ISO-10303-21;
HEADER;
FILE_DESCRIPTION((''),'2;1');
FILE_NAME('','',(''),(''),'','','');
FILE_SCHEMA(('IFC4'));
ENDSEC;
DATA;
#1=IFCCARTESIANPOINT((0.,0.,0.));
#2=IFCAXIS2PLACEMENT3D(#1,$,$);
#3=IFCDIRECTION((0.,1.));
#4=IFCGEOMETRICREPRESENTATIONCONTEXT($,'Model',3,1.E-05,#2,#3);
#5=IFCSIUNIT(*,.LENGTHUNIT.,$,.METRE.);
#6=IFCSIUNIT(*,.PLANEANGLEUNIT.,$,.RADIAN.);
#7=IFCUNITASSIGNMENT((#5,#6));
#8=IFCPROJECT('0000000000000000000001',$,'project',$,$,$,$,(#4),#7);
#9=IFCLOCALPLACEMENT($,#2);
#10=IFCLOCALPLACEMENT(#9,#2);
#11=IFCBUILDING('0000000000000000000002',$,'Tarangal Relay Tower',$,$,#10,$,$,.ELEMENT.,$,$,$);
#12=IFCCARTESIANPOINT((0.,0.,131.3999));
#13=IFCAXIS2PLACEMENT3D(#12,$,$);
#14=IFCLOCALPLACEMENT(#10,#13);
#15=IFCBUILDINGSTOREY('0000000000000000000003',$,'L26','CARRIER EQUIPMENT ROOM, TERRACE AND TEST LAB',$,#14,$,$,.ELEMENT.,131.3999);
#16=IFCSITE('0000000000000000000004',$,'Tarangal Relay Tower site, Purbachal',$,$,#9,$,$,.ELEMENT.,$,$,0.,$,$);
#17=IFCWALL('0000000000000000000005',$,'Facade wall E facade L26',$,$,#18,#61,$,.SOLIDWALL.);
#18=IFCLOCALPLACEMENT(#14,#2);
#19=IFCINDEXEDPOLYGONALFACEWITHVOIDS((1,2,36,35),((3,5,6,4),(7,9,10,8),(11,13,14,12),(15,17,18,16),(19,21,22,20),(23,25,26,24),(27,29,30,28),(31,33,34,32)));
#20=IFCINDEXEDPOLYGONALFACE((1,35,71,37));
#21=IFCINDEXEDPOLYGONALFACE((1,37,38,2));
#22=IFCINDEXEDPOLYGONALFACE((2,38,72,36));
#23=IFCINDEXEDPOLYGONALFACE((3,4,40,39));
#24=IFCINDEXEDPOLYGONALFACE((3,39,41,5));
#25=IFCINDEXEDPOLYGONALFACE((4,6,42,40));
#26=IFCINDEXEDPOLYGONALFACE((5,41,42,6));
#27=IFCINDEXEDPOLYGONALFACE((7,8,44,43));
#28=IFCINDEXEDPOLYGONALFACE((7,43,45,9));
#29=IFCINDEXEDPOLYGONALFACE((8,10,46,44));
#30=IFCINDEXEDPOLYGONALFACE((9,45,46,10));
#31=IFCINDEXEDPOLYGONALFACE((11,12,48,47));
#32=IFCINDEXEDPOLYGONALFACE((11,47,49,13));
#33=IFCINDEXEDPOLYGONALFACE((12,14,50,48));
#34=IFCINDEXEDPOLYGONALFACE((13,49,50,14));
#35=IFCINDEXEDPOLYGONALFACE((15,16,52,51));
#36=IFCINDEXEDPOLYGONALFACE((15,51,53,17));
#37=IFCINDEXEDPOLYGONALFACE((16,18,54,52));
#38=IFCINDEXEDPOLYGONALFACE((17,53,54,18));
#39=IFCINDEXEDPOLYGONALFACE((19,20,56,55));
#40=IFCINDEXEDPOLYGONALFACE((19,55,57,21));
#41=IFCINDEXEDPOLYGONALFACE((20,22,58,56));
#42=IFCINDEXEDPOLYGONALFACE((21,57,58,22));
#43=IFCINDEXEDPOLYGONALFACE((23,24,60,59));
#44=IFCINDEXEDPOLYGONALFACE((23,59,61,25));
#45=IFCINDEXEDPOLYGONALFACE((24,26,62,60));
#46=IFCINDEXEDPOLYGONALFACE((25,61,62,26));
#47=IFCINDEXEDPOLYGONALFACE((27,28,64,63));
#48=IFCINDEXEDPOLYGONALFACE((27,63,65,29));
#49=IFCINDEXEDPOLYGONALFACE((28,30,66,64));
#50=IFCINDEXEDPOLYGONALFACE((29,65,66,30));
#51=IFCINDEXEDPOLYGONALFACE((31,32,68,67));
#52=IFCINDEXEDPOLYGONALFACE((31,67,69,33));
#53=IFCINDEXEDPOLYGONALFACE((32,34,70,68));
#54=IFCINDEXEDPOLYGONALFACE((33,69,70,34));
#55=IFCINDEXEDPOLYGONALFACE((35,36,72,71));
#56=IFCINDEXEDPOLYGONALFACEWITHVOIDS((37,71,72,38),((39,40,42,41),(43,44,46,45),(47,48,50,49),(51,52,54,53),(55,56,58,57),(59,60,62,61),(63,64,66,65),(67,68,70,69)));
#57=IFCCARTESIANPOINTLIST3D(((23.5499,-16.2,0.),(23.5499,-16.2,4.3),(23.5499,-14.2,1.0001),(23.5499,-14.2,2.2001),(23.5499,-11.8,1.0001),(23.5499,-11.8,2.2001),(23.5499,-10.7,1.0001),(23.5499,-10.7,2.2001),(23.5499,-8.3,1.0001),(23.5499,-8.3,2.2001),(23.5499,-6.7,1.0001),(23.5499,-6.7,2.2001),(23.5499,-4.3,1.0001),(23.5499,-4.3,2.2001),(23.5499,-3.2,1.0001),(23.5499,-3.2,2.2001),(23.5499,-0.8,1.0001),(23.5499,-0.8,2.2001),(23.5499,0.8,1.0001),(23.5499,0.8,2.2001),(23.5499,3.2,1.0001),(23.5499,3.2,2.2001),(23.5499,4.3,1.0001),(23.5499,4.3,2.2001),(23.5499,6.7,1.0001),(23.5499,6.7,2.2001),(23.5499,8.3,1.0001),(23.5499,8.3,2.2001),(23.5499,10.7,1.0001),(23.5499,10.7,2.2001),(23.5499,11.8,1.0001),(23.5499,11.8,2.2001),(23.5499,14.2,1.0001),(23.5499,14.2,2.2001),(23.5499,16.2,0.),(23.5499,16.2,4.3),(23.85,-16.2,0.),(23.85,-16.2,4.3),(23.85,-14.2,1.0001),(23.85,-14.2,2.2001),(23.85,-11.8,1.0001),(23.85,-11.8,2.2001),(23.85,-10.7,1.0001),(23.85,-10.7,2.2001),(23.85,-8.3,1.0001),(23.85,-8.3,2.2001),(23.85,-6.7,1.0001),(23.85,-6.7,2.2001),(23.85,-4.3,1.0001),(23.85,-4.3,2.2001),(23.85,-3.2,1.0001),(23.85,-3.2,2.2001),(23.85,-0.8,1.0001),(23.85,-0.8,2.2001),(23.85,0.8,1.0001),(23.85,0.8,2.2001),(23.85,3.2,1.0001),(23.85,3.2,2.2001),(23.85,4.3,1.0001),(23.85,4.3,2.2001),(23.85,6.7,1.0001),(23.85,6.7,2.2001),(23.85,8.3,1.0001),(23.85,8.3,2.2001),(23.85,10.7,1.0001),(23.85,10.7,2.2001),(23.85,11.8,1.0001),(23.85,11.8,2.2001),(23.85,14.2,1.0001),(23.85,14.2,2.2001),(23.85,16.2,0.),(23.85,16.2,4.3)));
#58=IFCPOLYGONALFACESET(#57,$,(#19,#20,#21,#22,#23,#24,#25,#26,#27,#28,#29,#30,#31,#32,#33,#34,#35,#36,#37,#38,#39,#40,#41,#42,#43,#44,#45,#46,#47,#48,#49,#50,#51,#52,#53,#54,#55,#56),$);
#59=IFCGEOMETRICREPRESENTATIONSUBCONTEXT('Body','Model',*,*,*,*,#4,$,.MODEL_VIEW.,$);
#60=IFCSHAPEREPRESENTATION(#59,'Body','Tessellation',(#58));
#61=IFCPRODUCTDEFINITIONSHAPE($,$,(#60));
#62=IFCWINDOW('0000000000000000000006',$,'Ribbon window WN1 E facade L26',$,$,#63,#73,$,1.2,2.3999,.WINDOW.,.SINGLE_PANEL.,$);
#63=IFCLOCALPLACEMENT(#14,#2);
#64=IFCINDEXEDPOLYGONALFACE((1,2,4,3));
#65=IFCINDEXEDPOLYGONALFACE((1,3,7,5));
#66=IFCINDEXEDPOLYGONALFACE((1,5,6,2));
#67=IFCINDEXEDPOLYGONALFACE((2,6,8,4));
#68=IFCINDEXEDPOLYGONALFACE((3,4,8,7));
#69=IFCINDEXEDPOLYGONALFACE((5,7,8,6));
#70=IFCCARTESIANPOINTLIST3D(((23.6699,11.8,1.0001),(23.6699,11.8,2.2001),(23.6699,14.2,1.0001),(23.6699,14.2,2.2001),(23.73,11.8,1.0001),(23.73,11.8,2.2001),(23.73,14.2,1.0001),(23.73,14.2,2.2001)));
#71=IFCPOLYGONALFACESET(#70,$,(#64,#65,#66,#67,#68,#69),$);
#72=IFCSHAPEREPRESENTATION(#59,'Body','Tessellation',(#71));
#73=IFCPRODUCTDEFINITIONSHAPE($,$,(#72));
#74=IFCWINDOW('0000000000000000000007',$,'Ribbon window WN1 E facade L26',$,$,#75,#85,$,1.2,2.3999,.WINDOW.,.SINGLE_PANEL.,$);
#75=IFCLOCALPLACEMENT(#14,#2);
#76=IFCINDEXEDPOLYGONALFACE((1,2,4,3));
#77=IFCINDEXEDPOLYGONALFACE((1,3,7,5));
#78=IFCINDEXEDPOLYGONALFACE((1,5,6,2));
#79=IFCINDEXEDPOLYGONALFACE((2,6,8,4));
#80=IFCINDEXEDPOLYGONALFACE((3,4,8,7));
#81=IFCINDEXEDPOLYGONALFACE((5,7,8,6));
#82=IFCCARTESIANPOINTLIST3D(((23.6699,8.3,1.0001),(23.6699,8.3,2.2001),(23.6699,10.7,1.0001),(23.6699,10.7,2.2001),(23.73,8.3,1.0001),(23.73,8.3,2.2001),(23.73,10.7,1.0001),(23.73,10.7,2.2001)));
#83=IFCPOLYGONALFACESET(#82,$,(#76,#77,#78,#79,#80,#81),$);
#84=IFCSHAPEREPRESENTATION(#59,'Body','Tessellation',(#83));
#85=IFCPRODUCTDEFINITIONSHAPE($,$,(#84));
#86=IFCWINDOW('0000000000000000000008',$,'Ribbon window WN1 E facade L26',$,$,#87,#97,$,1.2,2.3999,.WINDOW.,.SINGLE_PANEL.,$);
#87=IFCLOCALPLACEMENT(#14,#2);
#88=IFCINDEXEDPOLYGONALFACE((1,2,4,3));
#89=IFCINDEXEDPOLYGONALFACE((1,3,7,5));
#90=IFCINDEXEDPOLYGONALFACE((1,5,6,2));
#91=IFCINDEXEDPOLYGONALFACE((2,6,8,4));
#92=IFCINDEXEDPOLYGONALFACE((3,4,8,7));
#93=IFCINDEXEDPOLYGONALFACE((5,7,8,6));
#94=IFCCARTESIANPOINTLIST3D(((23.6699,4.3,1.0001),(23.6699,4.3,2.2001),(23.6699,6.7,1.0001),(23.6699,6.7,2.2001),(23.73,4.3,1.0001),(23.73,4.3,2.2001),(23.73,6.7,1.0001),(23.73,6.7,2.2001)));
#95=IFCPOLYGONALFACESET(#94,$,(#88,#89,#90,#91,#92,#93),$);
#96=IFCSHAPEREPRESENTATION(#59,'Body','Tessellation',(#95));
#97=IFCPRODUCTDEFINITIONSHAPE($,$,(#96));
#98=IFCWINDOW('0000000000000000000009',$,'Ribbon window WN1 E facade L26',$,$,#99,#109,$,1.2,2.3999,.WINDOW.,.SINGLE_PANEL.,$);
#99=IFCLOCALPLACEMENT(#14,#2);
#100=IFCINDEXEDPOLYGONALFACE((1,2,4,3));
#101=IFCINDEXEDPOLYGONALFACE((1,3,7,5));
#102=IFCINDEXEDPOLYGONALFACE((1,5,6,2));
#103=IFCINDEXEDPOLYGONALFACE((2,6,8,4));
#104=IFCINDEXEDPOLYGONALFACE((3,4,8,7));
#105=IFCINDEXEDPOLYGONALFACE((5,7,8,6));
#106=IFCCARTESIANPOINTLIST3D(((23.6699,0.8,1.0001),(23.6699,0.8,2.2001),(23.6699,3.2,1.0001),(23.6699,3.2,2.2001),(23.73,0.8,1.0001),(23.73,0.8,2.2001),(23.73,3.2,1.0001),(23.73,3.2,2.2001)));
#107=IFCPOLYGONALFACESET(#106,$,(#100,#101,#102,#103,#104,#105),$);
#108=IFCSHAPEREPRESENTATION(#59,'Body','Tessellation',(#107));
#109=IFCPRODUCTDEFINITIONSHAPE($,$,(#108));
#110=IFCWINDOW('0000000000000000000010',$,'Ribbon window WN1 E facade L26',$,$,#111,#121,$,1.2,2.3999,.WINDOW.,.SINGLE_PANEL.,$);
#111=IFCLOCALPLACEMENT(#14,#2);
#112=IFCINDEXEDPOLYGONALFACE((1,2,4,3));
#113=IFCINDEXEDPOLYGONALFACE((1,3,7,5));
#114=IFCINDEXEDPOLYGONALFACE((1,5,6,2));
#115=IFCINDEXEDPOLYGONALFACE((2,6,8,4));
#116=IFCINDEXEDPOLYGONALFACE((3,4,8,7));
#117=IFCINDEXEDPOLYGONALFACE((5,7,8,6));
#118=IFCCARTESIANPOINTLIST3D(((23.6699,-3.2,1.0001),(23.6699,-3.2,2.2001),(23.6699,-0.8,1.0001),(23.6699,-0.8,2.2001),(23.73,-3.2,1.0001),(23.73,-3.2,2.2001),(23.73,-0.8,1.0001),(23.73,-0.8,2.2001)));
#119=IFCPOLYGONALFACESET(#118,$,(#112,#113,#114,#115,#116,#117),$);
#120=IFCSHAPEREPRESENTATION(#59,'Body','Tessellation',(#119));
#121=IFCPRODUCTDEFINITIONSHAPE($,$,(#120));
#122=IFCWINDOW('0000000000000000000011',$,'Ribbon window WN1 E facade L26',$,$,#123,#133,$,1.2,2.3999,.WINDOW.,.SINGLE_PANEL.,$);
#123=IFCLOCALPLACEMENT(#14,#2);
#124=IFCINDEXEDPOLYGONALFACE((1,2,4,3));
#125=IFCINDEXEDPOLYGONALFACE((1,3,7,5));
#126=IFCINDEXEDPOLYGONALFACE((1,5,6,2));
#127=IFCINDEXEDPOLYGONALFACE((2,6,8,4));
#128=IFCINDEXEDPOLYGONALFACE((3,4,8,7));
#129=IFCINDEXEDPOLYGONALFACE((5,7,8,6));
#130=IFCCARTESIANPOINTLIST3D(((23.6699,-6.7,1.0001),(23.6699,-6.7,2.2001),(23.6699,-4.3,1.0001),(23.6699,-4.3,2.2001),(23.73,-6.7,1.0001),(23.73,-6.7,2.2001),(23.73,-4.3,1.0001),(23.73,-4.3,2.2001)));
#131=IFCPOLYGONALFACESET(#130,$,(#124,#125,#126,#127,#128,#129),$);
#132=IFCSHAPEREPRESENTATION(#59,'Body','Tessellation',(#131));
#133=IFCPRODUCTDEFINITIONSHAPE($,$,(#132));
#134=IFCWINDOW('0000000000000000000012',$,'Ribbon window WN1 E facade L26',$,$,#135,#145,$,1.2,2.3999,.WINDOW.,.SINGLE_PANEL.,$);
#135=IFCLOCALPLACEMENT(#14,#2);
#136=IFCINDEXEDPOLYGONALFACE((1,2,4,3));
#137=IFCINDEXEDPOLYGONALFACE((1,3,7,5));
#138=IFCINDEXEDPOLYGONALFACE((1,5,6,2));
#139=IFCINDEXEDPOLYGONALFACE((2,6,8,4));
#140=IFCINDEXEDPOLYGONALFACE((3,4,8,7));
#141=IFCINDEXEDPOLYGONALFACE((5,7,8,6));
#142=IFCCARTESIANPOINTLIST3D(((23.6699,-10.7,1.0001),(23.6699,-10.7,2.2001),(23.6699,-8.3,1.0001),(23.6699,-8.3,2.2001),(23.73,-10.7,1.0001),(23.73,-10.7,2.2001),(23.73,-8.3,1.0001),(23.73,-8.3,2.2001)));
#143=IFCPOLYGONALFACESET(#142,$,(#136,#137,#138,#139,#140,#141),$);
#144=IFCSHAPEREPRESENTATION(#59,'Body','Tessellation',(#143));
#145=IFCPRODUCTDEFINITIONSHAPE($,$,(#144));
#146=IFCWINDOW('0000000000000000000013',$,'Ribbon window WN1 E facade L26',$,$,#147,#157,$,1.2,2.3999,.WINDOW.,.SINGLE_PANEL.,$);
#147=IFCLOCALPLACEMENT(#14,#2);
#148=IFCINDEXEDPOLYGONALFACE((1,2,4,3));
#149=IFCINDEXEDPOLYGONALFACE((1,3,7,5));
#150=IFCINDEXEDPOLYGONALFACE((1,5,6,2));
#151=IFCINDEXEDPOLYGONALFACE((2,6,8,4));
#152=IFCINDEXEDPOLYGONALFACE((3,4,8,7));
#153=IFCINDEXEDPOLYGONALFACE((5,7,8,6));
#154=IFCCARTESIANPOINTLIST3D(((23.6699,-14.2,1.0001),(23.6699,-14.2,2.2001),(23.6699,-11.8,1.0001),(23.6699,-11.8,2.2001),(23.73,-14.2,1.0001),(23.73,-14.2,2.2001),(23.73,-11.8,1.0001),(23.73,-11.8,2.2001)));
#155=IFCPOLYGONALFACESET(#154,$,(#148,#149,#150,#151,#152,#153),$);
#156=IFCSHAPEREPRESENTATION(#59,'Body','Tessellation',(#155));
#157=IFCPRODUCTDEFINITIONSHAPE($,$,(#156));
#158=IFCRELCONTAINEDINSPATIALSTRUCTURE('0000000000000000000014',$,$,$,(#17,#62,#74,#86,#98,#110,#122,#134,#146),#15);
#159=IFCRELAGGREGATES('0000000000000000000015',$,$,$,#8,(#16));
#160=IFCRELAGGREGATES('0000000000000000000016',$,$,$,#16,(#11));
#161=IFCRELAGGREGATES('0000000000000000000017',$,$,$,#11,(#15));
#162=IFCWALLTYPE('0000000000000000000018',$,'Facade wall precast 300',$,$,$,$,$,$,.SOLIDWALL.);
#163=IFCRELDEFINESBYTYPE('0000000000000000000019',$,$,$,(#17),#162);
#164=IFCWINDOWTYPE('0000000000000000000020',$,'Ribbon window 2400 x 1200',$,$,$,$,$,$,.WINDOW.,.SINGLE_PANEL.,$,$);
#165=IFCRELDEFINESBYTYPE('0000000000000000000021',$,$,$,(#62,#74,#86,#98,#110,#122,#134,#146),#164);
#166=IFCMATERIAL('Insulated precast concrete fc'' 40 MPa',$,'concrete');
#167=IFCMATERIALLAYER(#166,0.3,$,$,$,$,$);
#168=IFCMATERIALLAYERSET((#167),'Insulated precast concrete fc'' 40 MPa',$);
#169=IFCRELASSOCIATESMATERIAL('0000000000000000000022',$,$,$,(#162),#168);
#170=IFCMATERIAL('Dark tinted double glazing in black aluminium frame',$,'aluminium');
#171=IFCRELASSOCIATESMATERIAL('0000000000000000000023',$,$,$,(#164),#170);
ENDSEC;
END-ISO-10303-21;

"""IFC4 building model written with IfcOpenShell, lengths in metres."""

from ifc_helpers import new_model, si_unit, direction, frame, frame_2d, origin, place, context, subcontext, project, spatial, rectangle, extrude, material, layer, layer_set, type_object, element, fill, save


model = new_model("IFC4")

# Units and contexts
model_context = context("Model", 3, precision=1e-05, world=origin(), true_north=direction((0.0, 1.0)))
body_context = subcontext(model_context, "Body", "Model", "MODEL_VIEW")
ifc_project = project(units=[si_unit("LENGTHUNIT", "METRE"), si_unit("PLANEANGLEUNIT", "RADIAN")], contexts=[model_context])

# Site, building, storey
site_placement = place(None, origin())
site = spatial("IfcSite", under=ifc_project, at=site_placement, Name="Tarangal Relay Tower site, Purbachal", CompositionType="ELEMENT", RefElevation=0.0)
building_placement = place(site_placement, origin())
building = spatial("IfcBuilding", under=site, at=building_placement, Name="Tarangal Relay Tower", CompositionType="ELEMENT")
storey_placement = place(building_placement, frame((0.0, 0.0, 131.3999)))
storey = spatial("IfcBuildingStorey", under=building, at=storey_placement, Name="L26", Description="CARRIER EQUIPMENT ROOM, TERRACE AND TEST LAB", CompositionType="ELEMENT", Elevation=131.3999)

# Shared definitions
ifc_material_1 = material(Name="Insulated precast concrete fc' 40 MPa", Category="concrete")
ifc_layer_1 = layer(ifc_material_1, 0.3)
ifc_layer_set_1 = layer_set([ifc_layer_1], Name="Insulated precast concrete fc' 40 MPa")
wall_type_1 = type_object("IfcWallType", Name="Facade wall precast 300", PredefinedType="SOLIDWALL", material=ifc_layer_set_1)

# Wall, openings, windows
wall_1_placement = place(storey_placement, frame((23.7, 16.2, 0.0), z_axis=(0.0, 0.0, 1.0), x_axis=(0.0, -1.0, 0.0)))
wall_1 = element("IfcWall", 1, at=wall_1_placement, inside=storey, type_object=wall_type_1, Name="Facade wall E facade L26", PredefinedType="SOLIDWALL", context=body_context, shape_type="SweptSolid", body=[
    extrude(rectangle(XDim=32.3999, YDim=0.3, at=frame_2d((16.2, 0.0))), origin(), (0.0, 0.0, 1.0), 4.3),
])
opening_1_placement = place(wall_1_placement, frame((2.0, 0.0, 1.0)))
opening_1 = element("IfcOpeningElement", 2, at=opening_1_placement, cuts=wall_1, PredefinedType="OPENING", context=body_context, shape_type="SweptSolid", body=[
    extrude(rectangle(XDim=2.3999, YDim=1.2, at=frame_2d((1.2, 0.6001))), frame((0.0, 0.1599, 0.0), z_axis=(0.0, -1.0, 0.0), x_axis=(1.0, 0.0, 0.0)), (0.0, 0.0, 1.0), 0.3201),
])
opening_2_placement = place(wall_1_placement, frame((5.5, 0.0, 1.0)))
opening_2 = element("IfcOpeningElement", 3, at=opening_2_placement, cuts=wall_1, PredefinedType="OPENING", context=body_context, shape_type="SweptSolid", body=[
    extrude(rectangle(XDim=2.3999, YDim=1.2, at=frame_2d((1.2, 0.6001))), frame((0.0, 0.1599, 0.0), z_axis=(0.0, -1.0, 0.0), x_axis=(1.0, 0.0, 0.0)), (0.0, 0.0, 1.0), 0.3201),
])
opening_3_placement = place(wall_1_placement, frame((9.5, 0.0, 1.0)))
opening_3 = element("IfcOpeningElement", 4, at=opening_3_placement, cuts=wall_1, PredefinedType="OPENING", context=body_context, shape_type="SweptSolid", body=[
    extrude(rectangle(XDim=2.3999, YDim=1.2, at=frame_2d((1.2, 0.6001))), frame((0.0, 0.1599, 0.0), z_axis=(0.0, -1.0, 0.0), x_axis=(1.0, 0.0, 0.0)), (0.0, 0.0, 1.0), 0.3201),
])
opening_4_placement = place(wall_1_placement, frame((13.0, 0.0, 1.0)))
opening_4 = element("IfcOpeningElement", 5, at=opening_4_placement, cuts=wall_1, PredefinedType="OPENING", context=body_context, shape_type="SweptSolid", body=[
    extrude(rectangle(XDim=2.3999, YDim=1.2, at=frame_2d((1.2, 0.6001))), frame((0.0, 0.1599, 0.0), z_axis=(0.0, -1.0, 0.0), x_axis=(1.0, 0.0, 0.0)), (0.0, 0.0, 1.0), 0.3201),
])
opening_5_placement = place(wall_1_placement, frame((17.0, 0.0, 1.0)))
opening_5 = element("IfcOpeningElement", 6, at=opening_5_placement, cuts=wall_1, PredefinedType="OPENING", context=body_context, shape_type="SweptSolid", body=[
    extrude(rectangle(XDim=2.3999, YDim=1.2, at=frame_2d((1.2, 0.6001))), frame((0.0, 0.1599, 0.0), z_axis=(0.0, -1.0, 0.0), x_axis=(1.0, 0.0, 0.0)), (0.0, 0.0, 1.0), 0.3201),
])
opening_6_placement = place(wall_1_placement, frame((20.5, 0.0, 1.0)))
opening_6 = element("IfcOpeningElement", 7, at=opening_6_placement, cuts=wall_1, PredefinedType="OPENING", context=body_context, shape_type="SweptSolid", body=[
    extrude(rectangle(XDim=2.3999, YDim=1.2, at=frame_2d((1.2, 0.6001))), frame((0.0, 0.1599, 0.0), z_axis=(0.0, -1.0, 0.0), x_axis=(1.0, 0.0, 0.0)), (0.0, 0.0, 1.0), 0.3201),
])
opening_7_placement = place(wall_1_placement, frame((24.5, 0.0, 1.0)))
opening_7 = element("IfcOpeningElement", 8, at=opening_7_placement, cuts=wall_1, PredefinedType="OPENING", context=body_context, shape_type="SweptSolid", body=[
    extrude(rectangle(XDim=2.3999, YDim=1.2, at=frame_2d((1.2, 0.6001))), frame((0.0, 0.1599, 0.0), z_axis=(0.0, -1.0, 0.0), x_axis=(1.0, 0.0, 0.0)), (0.0, 0.0, 1.0), 0.3201),
])
opening_8_placement = place(wall_1_placement, frame((28.0, 0.0, 1.0)))
opening_8 = element("IfcOpeningElement", 9, at=opening_8_placement, cuts=wall_1, PredefinedType="OPENING", context=body_context, shape_type="SweptSolid", body=[
    extrude(rectangle(XDim=2.3999, YDim=1.2, at=frame_2d((1.2, 0.6001))), frame((0.0, 0.1599, 0.0), z_axis=(0.0, -1.0, 0.0), x_axis=(1.0, 0.0, 0.0)), (0.0, 0.0, 1.0), 0.3201),
])
ifc_material_2 = material(Name="Dark tinted double glazing in black aluminium frame", Category="aluminium")
window_type = type_object("IfcWindowType", Name="Ribbon window 2400 x 1200", PartitioningType="SINGLE_PANEL", PredefinedType="WINDOW", material=ifc_material_2)
window_1_placement = place(opening_1_placement, origin())
window_1 = element("IfcWindow", 10, at=window_1_placement, inside=storey, type_object=window_type, Name="Ribbon window WN1 E facade L26", OverallHeight=1.2, OverallWidth=2.3999, PartitioningType="SINGLE_PANEL", PredefinedType="WINDOW", context=body_context, shape_type="SweptSolid", body=[
    extrude(rectangle(XDim=2.3999, YDim=1.2, at=frame_2d((1.2, 0.6001))), frame((0.0, 0.03, 0.0), z_axis=(0.0, -1.0, 0.0), x_axis=(1.0, 0.0, 0.0)), (0.0, 0.0, 1.0), 0.0601),
])
fill(opening_1, window_1)
window_2_placement = place(opening_2_placement, origin())
window_2 = element("IfcWindow", 11, at=window_2_placement, inside=storey, type_object=window_type, Name="Ribbon window WN1 E facade L26", OverallHeight=1.2, OverallWidth=2.3999, PartitioningType="SINGLE_PANEL", PredefinedType="WINDOW", context=body_context, shape_type="SweptSolid", body=[
    extrude(rectangle(XDim=2.3999, YDim=1.2, at=frame_2d((1.2, 0.6001))), frame((0.0, 0.03, 0.0), z_axis=(0.0, -1.0, 0.0), x_axis=(1.0, 0.0, 0.0)), (0.0, 0.0, 1.0), 0.0601),
])
fill(opening_2, window_2)
window_3_placement = place(opening_3_placement, origin())
window_3 = element("IfcWindow", 12, at=window_3_placement, inside=storey, type_object=window_type, Name="Ribbon window WN1 E facade L26", OverallHeight=1.2, OverallWidth=2.3999, PartitioningType="SINGLE_PANEL", PredefinedType="WINDOW", context=body_context, shape_type="SweptSolid", body=[
    extrude(rectangle(XDim=2.3999, YDim=1.2, at=frame_2d((1.2, 0.6001))), frame((0.0, 0.03, 0.0), z_axis=(0.0, -1.0, 0.0), x_axis=(1.0, 0.0, 0.0)), (0.0, 0.0, 1.0), 0.0601),
])
fill(opening_3, window_3)
window_4_placement = place(opening_4_placement, origin())
window_4 = element("IfcWindow", 13, at=window_4_placement, inside=storey, type_object=window_type, Name="Ribbon window WN1 E facade L26", OverallHeight=1.2, OverallWidth=2.3999, PartitioningType="SINGLE_PANEL", PredefinedType="WINDOW", context=body_context, shape_type="SweptSolid", body=[
    extrude(rectangle(XDim=2.3999, YDim=1.2, at=frame_2d((1.2, 0.6001))), frame((0.0, 0.03, 0.0), z_axis=(0.0, -1.0, 0.0), x_axis=(1.0, 0.0, 0.0)), (0.0, 0.0, 1.0), 0.0601),
])
fill(opening_4, window_4)
window_5_placement = place(opening_5_placement, origin())
window_5 = element("IfcWindow", 14, at=window_5_placement, inside=storey, type_object=window_type, Name="Ribbon window WN1 E facade L26", OverallHeight=1.2, OverallWidth=2.3999, PartitioningType="SINGLE_PANEL", PredefinedType="WINDOW", context=body_context, shape_type="SweptSolid", body=[
    extrude(rectangle(XDim=2.3999, YDim=1.2, at=frame_2d((1.2, 0.6001))), frame((0.0, 0.03, 0.0), z_axis=(0.0, -1.0, 0.0), x_axis=(1.0, 0.0, 0.0)), (0.0, 0.0, 1.0), 0.0601),
])
fill(opening_5, window_5)
window_6_placement = place(opening_6_placement, origin())
window_6 = element("IfcWindow", 15, at=window_6_placement, inside=storey, type_object=window_type, Name="Ribbon window WN1 E facade L26", OverallHeight=1.2, OverallWidth=2.3999, PartitioningType="SINGLE_PANEL", PredefinedType="WINDOW", context=body_context, shape_type="SweptSolid", body=[
    extrude(rectangle(XDim=2.3999, YDim=1.2, at=frame_2d((1.2, 0.6001))), frame((0.0, 0.03, 0.0), z_axis=(0.0, -1.0, 0.0), x_axis=(1.0, 0.0, 0.0)), (0.0, 0.0, 1.0), 0.0601),
])
fill(opening_6, window_6)
window_7_placement = place(opening_7_placement, origin())
window_7 = element("IfcWindow", 16, at=window_7_placement, inside=storey, type_object=window_type, Name="Ribbon window WN1 E facade L26", OverallHeight=1.2, OverallWidth=2.3999, PartitioningType="SINGLE_PANEL", PredefinedType="WINDOW", context=body_context, shape_type="SweptSolid", body=[
    extrude(rectangle(XDim=2.3999, YDim=1.2, at=frame_2d((1.2, 0.6001))), frame((0.0, 0.03, 0.0), z_axis=(0.0, -1.0, 0.0), x_axis=(1.0, 0.0, 0.0)), (0.0, 0.0, 1.0), 0.0601),
])
fill(opening_7, window_7)
window_8_placement = place(opening_8_placement, origin())
window_8 = element("IfcWindow", 17, at=window_8_placement, inside=storey, type_object=window_type, Name="Ribbon window WN1 E facade L26", OverallHeight=1.2, OverallWidth=2.3999, PartitioningType="SINGLE_PANEL", PredefinedType="WINDOW", context=body_context, shape_type="SweptSolid", body=[
    extrude(rectangle(XDim=2.3999, YDim=1.2, at=frame_2d((1.2, 0.6001))), frame((0.0, 0.03, 0.0), z_axis=(0.0, -1.0, 0.0), x_axis=(1.0, 0.0, 0.0)), (0.0, 0.0, 1.0), 0.0601),
])
fill(opening_8, window_8)

save(model, "model.ifc")
